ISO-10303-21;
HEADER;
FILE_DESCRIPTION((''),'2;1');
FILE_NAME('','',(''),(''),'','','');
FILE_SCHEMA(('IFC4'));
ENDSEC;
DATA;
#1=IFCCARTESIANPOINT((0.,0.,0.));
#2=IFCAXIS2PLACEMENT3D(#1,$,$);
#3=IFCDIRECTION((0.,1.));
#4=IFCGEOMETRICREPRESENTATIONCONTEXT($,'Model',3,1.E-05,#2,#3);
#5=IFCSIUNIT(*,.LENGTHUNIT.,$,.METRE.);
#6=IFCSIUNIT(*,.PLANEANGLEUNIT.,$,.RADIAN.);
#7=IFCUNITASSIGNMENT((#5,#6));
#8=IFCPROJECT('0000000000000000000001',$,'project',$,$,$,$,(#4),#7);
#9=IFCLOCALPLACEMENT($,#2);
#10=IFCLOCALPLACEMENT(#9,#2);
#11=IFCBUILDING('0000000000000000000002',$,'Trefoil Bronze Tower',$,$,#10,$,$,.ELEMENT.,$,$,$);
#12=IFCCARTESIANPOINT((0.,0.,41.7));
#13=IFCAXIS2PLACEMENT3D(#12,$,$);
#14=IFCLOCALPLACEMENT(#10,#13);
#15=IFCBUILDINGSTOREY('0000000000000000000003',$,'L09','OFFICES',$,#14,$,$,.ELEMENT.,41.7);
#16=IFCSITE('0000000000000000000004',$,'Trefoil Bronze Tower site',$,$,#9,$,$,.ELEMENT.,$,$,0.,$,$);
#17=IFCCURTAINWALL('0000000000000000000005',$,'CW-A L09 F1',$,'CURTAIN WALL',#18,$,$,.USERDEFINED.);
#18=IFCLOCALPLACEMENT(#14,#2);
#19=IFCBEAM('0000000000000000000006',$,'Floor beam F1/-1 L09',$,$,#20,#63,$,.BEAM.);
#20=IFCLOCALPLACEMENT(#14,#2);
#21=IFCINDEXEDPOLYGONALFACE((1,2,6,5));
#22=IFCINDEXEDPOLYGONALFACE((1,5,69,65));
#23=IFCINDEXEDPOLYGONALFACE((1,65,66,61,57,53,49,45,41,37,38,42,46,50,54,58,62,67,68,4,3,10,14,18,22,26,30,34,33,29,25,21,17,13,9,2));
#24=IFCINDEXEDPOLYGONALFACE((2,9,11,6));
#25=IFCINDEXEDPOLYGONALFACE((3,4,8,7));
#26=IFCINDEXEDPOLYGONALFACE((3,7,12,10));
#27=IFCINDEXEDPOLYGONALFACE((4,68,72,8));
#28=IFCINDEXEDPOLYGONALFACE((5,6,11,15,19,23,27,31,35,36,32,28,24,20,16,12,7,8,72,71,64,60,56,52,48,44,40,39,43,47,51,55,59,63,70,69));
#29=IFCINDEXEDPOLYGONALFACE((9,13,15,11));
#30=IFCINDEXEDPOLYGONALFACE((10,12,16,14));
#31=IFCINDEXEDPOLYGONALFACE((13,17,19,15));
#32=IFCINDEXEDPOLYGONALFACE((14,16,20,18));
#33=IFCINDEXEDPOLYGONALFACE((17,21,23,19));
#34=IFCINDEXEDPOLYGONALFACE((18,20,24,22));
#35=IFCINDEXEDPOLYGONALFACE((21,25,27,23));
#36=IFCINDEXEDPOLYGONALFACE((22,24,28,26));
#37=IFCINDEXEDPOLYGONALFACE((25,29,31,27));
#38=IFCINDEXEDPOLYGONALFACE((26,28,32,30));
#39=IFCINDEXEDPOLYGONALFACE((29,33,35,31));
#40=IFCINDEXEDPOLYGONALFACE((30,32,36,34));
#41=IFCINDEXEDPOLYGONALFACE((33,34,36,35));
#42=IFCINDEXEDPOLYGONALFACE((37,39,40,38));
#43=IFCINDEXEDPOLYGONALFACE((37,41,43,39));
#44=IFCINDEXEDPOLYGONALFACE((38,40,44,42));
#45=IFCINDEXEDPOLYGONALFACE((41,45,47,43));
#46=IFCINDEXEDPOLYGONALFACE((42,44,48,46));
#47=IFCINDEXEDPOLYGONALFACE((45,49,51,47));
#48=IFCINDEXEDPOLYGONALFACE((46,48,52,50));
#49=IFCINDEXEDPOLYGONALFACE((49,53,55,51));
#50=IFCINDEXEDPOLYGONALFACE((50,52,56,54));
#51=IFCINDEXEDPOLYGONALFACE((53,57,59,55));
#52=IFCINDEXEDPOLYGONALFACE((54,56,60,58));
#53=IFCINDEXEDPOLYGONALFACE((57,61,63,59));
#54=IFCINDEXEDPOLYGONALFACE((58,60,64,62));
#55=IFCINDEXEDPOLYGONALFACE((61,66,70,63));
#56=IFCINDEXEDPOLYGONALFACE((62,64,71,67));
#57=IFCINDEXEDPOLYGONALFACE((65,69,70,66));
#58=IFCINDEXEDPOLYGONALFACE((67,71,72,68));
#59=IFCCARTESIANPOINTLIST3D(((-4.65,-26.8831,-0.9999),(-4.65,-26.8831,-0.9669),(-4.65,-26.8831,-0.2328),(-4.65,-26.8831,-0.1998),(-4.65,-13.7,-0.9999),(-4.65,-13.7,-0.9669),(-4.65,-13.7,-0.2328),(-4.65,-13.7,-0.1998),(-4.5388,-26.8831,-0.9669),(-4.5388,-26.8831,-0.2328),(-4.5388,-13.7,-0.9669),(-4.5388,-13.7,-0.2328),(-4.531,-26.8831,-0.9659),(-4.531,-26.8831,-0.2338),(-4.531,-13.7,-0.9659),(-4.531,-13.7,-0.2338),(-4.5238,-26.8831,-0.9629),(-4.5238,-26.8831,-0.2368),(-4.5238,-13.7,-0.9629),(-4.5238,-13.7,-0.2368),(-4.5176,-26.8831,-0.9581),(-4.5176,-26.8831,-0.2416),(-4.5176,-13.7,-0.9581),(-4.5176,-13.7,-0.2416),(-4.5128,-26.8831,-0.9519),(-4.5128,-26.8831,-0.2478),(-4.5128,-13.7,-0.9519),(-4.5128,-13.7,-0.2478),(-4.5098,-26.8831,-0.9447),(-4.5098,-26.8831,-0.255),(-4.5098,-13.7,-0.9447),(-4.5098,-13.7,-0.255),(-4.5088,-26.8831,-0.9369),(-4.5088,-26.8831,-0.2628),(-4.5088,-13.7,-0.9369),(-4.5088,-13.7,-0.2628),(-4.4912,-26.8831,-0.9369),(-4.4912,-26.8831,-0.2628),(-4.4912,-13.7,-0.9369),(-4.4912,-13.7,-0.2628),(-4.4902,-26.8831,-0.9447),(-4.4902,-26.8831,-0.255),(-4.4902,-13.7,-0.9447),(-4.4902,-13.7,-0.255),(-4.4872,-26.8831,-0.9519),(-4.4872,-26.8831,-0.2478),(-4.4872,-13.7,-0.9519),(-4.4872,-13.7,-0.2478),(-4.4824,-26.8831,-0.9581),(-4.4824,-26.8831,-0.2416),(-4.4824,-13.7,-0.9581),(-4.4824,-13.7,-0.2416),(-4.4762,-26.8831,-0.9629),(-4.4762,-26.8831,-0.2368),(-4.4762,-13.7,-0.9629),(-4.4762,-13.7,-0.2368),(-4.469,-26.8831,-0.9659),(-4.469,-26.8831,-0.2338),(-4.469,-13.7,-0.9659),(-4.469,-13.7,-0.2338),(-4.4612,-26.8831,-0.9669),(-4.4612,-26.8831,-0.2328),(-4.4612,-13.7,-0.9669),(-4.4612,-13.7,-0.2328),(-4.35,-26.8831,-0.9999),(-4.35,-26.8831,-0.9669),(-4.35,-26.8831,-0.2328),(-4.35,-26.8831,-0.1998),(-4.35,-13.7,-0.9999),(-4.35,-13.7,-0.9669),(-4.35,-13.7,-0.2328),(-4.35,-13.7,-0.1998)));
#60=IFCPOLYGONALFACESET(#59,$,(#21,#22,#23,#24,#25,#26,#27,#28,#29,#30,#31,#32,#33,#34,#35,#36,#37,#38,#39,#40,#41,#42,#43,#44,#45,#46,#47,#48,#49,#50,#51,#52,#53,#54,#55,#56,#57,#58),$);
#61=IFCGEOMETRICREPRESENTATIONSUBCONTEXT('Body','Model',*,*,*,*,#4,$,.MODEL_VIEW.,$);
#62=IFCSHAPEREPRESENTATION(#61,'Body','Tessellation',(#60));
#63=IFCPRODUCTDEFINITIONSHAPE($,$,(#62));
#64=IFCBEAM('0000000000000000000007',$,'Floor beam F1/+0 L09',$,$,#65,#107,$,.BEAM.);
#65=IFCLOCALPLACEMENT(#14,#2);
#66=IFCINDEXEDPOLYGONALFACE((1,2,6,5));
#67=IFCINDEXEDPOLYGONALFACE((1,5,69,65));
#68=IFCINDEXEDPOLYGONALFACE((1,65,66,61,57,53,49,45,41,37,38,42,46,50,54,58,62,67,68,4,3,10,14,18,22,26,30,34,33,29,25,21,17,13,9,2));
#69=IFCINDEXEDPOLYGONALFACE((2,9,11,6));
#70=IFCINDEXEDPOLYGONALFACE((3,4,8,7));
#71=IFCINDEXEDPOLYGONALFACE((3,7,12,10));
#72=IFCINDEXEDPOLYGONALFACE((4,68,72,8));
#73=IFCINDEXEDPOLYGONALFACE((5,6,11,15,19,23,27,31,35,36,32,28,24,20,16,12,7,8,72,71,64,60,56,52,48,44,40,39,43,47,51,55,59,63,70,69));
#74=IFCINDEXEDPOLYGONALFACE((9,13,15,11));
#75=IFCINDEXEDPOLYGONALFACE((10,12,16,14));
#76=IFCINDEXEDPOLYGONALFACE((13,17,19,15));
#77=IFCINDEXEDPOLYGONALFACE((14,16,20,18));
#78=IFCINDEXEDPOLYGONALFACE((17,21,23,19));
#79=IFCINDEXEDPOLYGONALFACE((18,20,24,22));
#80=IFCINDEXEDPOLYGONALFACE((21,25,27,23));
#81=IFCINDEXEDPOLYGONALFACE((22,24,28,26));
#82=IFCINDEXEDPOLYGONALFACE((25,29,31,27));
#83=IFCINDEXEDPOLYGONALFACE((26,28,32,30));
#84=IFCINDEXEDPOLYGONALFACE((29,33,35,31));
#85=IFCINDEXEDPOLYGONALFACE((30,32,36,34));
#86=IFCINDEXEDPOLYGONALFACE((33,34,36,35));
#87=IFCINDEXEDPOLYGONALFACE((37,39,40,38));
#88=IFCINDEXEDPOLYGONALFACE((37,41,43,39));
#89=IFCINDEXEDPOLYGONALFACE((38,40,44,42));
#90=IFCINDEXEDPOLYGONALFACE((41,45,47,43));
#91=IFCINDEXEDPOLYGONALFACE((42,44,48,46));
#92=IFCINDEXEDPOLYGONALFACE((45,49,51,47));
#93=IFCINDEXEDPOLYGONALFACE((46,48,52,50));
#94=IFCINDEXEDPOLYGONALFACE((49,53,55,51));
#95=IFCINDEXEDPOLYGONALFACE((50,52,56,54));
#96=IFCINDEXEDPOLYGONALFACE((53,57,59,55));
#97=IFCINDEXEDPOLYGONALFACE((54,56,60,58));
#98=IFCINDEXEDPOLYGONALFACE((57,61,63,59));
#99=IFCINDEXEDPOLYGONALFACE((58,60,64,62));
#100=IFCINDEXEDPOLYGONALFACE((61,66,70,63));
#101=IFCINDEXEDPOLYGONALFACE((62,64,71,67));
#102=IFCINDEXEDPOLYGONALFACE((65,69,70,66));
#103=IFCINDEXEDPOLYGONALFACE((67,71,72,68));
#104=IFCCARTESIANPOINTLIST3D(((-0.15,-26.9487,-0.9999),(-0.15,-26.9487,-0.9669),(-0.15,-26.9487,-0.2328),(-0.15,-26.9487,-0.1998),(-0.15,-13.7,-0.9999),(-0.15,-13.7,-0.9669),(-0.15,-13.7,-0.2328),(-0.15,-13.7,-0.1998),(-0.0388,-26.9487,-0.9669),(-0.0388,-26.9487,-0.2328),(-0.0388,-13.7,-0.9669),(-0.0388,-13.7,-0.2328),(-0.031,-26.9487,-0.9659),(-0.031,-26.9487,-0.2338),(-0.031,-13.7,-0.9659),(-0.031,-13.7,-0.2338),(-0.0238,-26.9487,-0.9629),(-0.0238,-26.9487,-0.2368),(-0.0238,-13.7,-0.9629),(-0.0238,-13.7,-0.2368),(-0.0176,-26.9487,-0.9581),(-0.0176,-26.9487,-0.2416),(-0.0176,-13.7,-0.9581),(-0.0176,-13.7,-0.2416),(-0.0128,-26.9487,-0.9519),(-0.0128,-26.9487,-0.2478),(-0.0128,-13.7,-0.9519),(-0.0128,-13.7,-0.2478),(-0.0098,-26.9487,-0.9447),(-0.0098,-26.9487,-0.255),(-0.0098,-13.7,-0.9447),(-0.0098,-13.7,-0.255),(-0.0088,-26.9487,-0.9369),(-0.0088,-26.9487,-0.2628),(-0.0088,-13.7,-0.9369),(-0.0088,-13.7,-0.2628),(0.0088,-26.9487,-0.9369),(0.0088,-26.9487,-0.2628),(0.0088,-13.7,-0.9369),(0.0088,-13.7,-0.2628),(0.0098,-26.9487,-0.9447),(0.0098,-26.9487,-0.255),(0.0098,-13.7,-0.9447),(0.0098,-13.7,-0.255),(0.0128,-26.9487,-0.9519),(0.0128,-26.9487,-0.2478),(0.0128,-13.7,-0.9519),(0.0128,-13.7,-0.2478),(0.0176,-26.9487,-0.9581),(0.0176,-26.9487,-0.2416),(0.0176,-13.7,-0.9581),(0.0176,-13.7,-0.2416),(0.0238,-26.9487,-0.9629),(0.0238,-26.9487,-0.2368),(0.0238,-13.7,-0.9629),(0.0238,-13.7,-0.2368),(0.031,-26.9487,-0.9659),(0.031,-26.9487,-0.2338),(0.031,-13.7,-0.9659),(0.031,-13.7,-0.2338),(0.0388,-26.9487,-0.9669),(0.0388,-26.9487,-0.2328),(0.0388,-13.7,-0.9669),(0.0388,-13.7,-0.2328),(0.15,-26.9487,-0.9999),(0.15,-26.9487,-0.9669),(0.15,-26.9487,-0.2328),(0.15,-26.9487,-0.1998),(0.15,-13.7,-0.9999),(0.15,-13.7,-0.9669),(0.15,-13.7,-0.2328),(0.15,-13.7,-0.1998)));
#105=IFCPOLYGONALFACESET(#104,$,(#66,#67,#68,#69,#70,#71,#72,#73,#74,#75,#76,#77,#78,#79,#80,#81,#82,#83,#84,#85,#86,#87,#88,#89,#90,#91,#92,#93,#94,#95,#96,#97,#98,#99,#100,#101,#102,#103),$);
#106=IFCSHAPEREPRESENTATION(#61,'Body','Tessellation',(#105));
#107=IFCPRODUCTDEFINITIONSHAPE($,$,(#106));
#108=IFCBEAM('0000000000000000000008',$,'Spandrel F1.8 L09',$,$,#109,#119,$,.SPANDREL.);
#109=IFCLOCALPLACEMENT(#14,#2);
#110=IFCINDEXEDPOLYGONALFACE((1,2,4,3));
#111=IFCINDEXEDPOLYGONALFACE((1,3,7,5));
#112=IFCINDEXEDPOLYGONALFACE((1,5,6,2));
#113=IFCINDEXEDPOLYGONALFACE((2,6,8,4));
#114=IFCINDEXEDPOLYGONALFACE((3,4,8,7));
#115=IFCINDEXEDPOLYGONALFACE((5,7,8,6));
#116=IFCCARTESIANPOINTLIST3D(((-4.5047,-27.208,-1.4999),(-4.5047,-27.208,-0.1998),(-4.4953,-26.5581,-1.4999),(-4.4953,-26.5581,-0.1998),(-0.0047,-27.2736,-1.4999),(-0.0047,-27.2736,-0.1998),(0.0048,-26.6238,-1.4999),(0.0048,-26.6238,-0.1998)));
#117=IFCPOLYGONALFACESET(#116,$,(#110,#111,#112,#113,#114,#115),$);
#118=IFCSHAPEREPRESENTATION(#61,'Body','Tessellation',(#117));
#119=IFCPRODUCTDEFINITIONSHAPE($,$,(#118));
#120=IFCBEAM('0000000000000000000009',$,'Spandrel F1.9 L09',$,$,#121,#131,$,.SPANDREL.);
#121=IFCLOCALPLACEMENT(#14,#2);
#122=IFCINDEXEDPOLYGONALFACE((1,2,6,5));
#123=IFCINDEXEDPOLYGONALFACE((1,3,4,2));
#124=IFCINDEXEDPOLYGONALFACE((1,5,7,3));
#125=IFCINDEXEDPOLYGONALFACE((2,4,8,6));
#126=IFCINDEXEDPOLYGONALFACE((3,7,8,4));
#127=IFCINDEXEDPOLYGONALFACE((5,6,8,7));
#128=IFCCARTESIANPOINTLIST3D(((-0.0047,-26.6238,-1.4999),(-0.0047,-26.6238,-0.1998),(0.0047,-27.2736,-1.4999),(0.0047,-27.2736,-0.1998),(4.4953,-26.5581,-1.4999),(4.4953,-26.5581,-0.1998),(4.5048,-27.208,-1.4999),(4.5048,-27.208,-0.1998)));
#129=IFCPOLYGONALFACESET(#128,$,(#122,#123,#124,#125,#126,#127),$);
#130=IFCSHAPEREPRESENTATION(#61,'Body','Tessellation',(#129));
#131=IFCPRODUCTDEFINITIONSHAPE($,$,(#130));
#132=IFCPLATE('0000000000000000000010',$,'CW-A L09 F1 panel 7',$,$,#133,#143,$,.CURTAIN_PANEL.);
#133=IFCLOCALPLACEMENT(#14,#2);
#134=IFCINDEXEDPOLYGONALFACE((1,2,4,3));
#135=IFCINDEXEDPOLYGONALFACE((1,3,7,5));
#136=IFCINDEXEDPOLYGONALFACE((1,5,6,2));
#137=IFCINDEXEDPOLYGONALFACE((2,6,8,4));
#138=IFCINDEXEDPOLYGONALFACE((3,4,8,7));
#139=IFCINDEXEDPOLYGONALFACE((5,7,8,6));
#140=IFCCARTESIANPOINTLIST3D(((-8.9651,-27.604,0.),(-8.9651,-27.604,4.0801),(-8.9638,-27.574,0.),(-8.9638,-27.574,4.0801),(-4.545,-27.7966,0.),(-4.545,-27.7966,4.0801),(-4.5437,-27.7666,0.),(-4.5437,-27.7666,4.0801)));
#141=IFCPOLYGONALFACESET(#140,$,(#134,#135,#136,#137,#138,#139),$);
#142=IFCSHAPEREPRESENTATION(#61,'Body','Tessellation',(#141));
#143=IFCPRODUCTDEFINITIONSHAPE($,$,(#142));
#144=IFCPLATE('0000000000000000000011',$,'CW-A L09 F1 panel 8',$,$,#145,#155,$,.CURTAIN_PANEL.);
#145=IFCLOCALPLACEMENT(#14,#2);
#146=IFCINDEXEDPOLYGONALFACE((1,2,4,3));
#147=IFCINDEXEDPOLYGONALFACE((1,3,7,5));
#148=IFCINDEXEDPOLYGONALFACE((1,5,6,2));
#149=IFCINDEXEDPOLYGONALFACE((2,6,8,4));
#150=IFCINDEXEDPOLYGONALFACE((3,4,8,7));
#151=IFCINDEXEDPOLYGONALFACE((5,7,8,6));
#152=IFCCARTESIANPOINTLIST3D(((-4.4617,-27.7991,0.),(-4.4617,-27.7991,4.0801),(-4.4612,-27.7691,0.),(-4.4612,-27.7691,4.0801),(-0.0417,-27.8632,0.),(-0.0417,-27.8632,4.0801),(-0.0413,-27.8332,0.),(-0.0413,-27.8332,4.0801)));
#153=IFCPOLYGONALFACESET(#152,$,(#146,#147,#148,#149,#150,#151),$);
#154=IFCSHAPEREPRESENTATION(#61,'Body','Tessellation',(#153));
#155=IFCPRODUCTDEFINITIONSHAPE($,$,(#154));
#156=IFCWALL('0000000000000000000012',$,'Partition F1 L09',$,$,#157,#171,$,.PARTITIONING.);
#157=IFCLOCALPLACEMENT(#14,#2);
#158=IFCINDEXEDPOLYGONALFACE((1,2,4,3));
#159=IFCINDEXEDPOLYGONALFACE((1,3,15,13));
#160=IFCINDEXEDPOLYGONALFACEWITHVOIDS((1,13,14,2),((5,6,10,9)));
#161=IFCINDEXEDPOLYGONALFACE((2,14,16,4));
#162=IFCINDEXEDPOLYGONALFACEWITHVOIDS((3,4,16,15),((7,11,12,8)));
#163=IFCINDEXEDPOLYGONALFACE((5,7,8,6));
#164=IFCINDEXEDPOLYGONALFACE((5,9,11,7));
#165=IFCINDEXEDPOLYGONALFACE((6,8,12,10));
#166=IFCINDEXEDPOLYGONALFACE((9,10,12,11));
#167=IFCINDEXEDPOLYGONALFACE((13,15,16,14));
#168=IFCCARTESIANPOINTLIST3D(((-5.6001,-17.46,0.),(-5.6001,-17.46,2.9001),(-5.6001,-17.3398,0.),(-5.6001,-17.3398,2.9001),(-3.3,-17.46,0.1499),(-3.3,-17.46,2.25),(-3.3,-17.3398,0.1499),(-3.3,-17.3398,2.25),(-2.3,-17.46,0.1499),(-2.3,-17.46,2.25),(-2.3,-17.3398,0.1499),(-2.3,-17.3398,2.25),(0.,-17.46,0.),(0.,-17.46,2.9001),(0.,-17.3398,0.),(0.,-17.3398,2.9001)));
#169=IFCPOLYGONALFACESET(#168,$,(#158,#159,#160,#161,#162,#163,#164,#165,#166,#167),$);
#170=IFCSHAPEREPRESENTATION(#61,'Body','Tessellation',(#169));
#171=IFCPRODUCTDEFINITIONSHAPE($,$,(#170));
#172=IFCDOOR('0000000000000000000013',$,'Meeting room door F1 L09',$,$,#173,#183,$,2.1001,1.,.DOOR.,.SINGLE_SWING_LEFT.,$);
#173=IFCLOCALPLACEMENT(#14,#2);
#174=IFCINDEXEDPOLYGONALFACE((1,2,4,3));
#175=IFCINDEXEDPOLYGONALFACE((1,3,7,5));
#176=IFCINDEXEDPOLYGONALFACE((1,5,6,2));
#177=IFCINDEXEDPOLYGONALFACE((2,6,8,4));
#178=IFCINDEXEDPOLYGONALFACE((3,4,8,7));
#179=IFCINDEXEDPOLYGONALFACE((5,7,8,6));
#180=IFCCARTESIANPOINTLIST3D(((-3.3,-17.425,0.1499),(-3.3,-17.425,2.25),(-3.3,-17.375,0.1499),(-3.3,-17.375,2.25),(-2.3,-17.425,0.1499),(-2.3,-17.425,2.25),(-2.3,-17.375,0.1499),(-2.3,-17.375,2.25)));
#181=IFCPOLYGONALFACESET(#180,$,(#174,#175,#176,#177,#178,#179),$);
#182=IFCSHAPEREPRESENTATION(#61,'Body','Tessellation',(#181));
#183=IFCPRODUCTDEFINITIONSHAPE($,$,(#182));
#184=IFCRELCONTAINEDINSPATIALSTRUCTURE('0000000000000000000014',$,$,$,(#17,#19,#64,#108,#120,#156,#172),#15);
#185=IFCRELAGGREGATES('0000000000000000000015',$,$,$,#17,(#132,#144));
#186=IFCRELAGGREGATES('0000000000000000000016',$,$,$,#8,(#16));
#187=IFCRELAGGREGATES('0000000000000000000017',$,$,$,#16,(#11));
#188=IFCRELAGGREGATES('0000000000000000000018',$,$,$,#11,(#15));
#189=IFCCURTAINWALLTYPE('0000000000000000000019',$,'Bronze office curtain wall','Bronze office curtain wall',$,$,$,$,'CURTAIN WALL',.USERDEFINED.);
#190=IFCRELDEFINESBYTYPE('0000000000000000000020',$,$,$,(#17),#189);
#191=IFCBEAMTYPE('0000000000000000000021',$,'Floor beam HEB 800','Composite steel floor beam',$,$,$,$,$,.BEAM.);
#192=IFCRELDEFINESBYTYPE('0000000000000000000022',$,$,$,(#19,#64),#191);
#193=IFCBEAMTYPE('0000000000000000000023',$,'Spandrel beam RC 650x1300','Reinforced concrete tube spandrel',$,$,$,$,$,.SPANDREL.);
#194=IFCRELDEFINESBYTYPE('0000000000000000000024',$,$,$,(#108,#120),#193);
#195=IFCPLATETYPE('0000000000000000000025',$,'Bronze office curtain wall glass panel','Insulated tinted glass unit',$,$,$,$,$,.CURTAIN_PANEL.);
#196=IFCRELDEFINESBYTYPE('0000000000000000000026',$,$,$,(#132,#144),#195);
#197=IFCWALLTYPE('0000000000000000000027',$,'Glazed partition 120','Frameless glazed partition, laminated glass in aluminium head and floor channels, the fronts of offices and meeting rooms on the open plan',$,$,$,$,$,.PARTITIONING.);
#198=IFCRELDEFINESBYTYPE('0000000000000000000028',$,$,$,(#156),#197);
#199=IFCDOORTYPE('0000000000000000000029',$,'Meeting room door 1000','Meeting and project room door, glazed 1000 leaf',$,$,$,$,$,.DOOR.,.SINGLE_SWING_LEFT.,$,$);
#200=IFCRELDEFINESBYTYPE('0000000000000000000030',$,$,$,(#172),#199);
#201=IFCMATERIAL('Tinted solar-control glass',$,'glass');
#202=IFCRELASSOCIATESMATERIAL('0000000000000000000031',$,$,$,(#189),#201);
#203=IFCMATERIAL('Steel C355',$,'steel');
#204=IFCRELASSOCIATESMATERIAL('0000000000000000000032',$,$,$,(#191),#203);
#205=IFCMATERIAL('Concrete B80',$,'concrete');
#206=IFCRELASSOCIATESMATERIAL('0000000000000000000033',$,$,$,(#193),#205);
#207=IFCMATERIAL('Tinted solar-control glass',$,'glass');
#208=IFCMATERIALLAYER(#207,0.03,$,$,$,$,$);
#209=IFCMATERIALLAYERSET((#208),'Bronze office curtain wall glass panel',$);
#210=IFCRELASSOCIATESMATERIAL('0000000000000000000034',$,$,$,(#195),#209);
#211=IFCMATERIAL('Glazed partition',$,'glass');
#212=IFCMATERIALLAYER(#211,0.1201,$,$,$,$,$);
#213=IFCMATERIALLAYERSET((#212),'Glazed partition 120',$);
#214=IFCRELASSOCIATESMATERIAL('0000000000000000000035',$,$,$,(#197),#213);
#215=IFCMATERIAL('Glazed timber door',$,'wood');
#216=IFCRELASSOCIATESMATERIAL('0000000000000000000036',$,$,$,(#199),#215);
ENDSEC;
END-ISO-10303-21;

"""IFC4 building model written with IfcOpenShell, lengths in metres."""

from ifc_helpers import new_model, si_unit, direction, frame, frame_2d, origin, origin_2d, place, context, subcontext, project, spatial, rectangle, i_section, extrude, material, layer, layer_set, material_profile, profile_set, type_object, element, fill, aggregate, save


model = new_model("IFC4")

# Units and contexts
model_context = context("Model", 3, precision=1e-05, world=origin(), true_north=direction((0.0, 1.0)))
body_context = subcontext(model_context, "Body", "Model", "MODEL_VIEW")
ifc_project = project(units=[si_unit("LENGTHUNIT", "METRE"), si_unit("PLANEANGLEUNIT", "RADIAN")], contexts=[model_context])

# Site, building, storey
site_placement = place(None, origin())
site = spatial("IfcSite", under=ifc_project, at=site_placement, Name="Trefoil Bronze Tower site", CompositionType="ELEMENT", RefElevation=0.0)
building_placement = place(site_placement, origin())
building = spatial("IfcBuilding", under=site, at=building_placement, Name="Trefoil Bronze Tower", CompositionType="ELEMENT")
storey_placement = place(building_placement, frame((0.0, 0.0, 41.7)))
storey = spatial("IfcBuildingStorey", under=building, at=storey_placement, Name="L09", Description="OFFICES", CompositionType="ELEMENT", Elevation=41.7)

# Curtain wall
ifc_material_1 = material(Name="Tinted solar-control glass", Category="glass")
curtain_wall_type = type_object("IfcCurtainWallType", Name="Bronze office curtain wall", Description="Bronze office curtain wall", ElementType="CURTAIN WALL", PredefinedType="USERDEFINED", material=ifc_material_1)
curtain_wall_placement = place(storey_placement, origin())
curtain_wall = element("IfcCurtainWall", 1, at=curtain_wall_placement, inside=storey, type_object=curtain_wall_type, Name="CW-A L09 F1", ObjectType="CURTAIN WALL", PredefinedType="USERDEFINED")

# Beams
ifc_material_2 = material(Name="Steel C355", Category="steel")
ifc_material_profile_1 = material_profile(ifc_material_2, i_section(OverallWidth=0.3, OverallDepth=0.8, WebThickness=0.0176, FlangeThickness=0.033, FilletRadius=0.03, at=origin_2d()), Name="HEB 800")
ifc_profile_set_1 = profile_set([ifc_material_profile_1], Name="Steel C355")
beam_type_1 = type_object("IfcBeamType", Name="Floor beam HEB 800", Description="Composite steel floor beam", PredefinedType="BEAM", material=ifc_profile_set_1)
beam_1_placement = place(storey_placement, frame((-4.5, -26.8831, -0.5999), z_axis=(0.0, 1.0, 0.0), x_axis=(-1.0, 0.0, 0.0)))
element("IfcBeam", 2, at=beam_1_placement, inside=storey, type_object=beam_type_1, Name="Floor beam F1/-1 L09", PredefinedType="BEAM", context=body_context, shape_type="SweptSolid", body=[
    extrude(i_section(OverallWidth=0.3, OverallDepth=0.8, WebThickness=0.0176, FlangeThickness=0.033, FilletRadius=0.03, at=origin_2d()), origin(), (0.0, 0.0, 1.0), 13.1831),
])
beam_2_placement = place(storey_placement, frame((0.0, -26.9487, -0.5999), z_axis=(0.0, 1.0, 0.0), x_axis=(-1.0, 0.0, 0.0)))
element("IfcBeam", 3, at=beam_2_placement, inside=storey, type_object=beam_type_1, Name="Floor beam F1/+0 L09", PredefinedType="BEAM", context=body_context, shape_type="SweptSolid", body=[
    extrude(i_section(OverallWidth=0.3, OverallDepth=0.8, WebThickness=0.0176, FlangeThickness=0.033, FilletRadius=0.03, at=origin_2d()), origin(), (0.0, 0.0, 1.0), 13.2488),
])
ifc_material_3 = material(Name="Concrete B80", Category="concrete")
ifc_material_profile_2 = material_profile(ifc_material_3, rectangle(XDim=0.6499, YDim=1.3, at=origin_2d()), Name="RC 650x1300")
ifc_profile_set_2 = profile_set([ifc_material_profile_2], Name="Concrete B80")
beam_type_2 = type_object("IfcBeamType", Name="Spandrel beam RC 650x1300", Description="Reinforced concrete tube spandrel", PredefinedType="SPANDREL", material=ifc_profile_set_2)
for number, where, z_axis, x_axis, name in (
    (4, (-4.5, -26.8831, -0.8499), (0.999894, -0.014593, 0.0), (0.014593, 0.999894, 0.0), "Spandrel F1.8 L09"),
    (5, (0.0, -26.9487, -0.8499), (0.999894, 0.014593, 0.0), (-0.014593, 0.999894, 0.0), "Spandrel F1.9 L09"),
):
    element("IfcBeam", number, at=place(storey_placement, frame(where, z_axis=z_axis, x_axis=x_axis)), inside=storey, type_object=beam_type_2, Name=name, PredefinedType="SPANDREL", context=body_context, shape_type="SweptSolid", body=[
        extrude(rectangle(XDim=0.6499, YDim=1.3, at=origin_2d()), origin(), (0.0, 0.0, 1.0), 4.5005),
    ])

# Plates
ifc_material_4 = material(Name="Tinted solar-control glass", Category="glass")
ifc_layer_1 = layer(ifc_material_4, 0.03)
ifc_layer_set_1 = layer_set([ifc_layer_1], Name="Bronze office curtain wall glass panel")
plate_type = type_object("IfcPlateType", Name="Bronze office curtain wall glass panel", Description="Insulated tinted glass unit", PredefinedType="CURTAIN_PANEL", material=ifc_layer_set_1)
plate_1_placement = place(storey_placement, frame((-6.7544, -27.6853, 0.0), z_axis=(0.0, 0.0, 1.0), x_axis=(0.999052, -0.043528, 0.0)))
plate_1 = element("IfcPlate", 6, at=plate_1_placement, type_object=plate_type, Name="CW-A L09 F1 panel 7", PredefinedType="CURTAIN_PANEL", context=body_context, shape_type="SweptSolid", body=[
    extrude(rectangle(XDim=4.4243, YDim=0.03, at=origin_2d()), origin(), (0.0, 0.0, 1.0), 4.0801),
])
plate_2_placement = place(storey_placement, frame((-2.2515, -27.8162, 0.0), z_axis=(0.0, 0.0, 1.0), x_axis=(0.999895, -0.014509, 0.0)))
plate_2 = element("IfcPlate", 7, at=plate_2_placement, type_object=plate_type, Name="CW-A L09 F1 panel 8", PredefinedType="CURTAIN_PANEL", context=body_context, shape_type="SweptSolid", body=[
    extrude(rectangle(XDim=4.4204, YDim=0.03, at=origin_2d()), origin(), (0.0, 0.0, 1.0), 4.0801),
])
aggregate(curtain_wall, [plate_1, plate_2])

# Wall, opening, door
ifc_material_5 = material(Name="Glazed partition", Category="glass")
ifc_layer_2 = layer(ifc_material_5, 0.1201)
ifc_layer_set_2 = layer_set([ifc_layer_2], Name="Glazed partition 120")
wall_type = type_object("IfcWallType", Name="Glazed partition 120", Description="Frameless glazed partition, laminated glass in aluminium head and floor channels, the fronts of offices and meeting rooms on the open plan", PredefinedType="PARTITIONING", material=ifc_layer_set_2)
wall_1_placement = place(storey_placement, frame((-5.6001, -17.3999, 0.0), z_axis=(0.0, 0.0, 1.0), x_axis=(1.0, 0.0, 0.0)))
wall_1 = element("IfcWall", 8, at=wall_1_placement, inside=storey, type_object=wall_type, Name="Partition F1 L09", PredefinedType="PARTITIONING", context=body_context, shape_type="SweptSolid", body=[
    extrude(rectangle(XDim=5.6001, YDim=0.1201, at=frame_2d((2.8, 0.0))), origin(), (0.0, 0.0, 1.0), 2.9001),
])
opening_1_placement = place(wall_1_placement, frame((2.3, 0.0, 0.1499)))
opening_1 = element("IfcOpeningElement", 9, at=opening_1_placement, cuts=wall_1, PredefinedType="OPENING", context=body_context, shape_type="SweptSolid", body=[
    extrude(rectangle(XDim=1.0, YDim=2.1001, at=frame_2d((0.5, 1.05))), frame((0.0, 0.0701, 0.0), z_axis=(0.0, -1.0, 0.0), x_axis=(1.0, 0.0, 0.0)), (0.0, 0.0, 1.0), 0.1401),
])
ifc_material_6 = material(Name="Glazed timber door", Category="wood")
door_type_1 = type_object("IfcDoorType", Name="Meeting room door 1000", Description="Meeting and project room door, glazed 1000 leaf", OperationType="SINGLE_SWING_LEFT", PredefinedType="DOOR", material=ifc_material_6)
door_1_placement = place(opening_1_placement, origin())
door_1 = element("IfcDoor", 10, at=door_1_placement, inside=storey, type_object=door_type_1, Name="Meeting room door F1 L09", OperationType="SINGLE_SWING_LEFT", OverallHeight=2.1001, OverallWidth=1.0, PredefinedType="DOOR", context=body_context, shape_type="SweptSolid", body=[
    extrude(rectangle(XDim=1.0, YDim=2.1001, at=frame_2d((0.5, 1.05))), frame((0.0, 0.0249, 0.0), z_axis=(0.0, -1.0, 0.0), x_axis=(1.0, 0.0, 0.0)), (0.0, 0.0, 1.0), 0.05),
])
fill(opening_1, door_1)

save(model, "model.ifc")
